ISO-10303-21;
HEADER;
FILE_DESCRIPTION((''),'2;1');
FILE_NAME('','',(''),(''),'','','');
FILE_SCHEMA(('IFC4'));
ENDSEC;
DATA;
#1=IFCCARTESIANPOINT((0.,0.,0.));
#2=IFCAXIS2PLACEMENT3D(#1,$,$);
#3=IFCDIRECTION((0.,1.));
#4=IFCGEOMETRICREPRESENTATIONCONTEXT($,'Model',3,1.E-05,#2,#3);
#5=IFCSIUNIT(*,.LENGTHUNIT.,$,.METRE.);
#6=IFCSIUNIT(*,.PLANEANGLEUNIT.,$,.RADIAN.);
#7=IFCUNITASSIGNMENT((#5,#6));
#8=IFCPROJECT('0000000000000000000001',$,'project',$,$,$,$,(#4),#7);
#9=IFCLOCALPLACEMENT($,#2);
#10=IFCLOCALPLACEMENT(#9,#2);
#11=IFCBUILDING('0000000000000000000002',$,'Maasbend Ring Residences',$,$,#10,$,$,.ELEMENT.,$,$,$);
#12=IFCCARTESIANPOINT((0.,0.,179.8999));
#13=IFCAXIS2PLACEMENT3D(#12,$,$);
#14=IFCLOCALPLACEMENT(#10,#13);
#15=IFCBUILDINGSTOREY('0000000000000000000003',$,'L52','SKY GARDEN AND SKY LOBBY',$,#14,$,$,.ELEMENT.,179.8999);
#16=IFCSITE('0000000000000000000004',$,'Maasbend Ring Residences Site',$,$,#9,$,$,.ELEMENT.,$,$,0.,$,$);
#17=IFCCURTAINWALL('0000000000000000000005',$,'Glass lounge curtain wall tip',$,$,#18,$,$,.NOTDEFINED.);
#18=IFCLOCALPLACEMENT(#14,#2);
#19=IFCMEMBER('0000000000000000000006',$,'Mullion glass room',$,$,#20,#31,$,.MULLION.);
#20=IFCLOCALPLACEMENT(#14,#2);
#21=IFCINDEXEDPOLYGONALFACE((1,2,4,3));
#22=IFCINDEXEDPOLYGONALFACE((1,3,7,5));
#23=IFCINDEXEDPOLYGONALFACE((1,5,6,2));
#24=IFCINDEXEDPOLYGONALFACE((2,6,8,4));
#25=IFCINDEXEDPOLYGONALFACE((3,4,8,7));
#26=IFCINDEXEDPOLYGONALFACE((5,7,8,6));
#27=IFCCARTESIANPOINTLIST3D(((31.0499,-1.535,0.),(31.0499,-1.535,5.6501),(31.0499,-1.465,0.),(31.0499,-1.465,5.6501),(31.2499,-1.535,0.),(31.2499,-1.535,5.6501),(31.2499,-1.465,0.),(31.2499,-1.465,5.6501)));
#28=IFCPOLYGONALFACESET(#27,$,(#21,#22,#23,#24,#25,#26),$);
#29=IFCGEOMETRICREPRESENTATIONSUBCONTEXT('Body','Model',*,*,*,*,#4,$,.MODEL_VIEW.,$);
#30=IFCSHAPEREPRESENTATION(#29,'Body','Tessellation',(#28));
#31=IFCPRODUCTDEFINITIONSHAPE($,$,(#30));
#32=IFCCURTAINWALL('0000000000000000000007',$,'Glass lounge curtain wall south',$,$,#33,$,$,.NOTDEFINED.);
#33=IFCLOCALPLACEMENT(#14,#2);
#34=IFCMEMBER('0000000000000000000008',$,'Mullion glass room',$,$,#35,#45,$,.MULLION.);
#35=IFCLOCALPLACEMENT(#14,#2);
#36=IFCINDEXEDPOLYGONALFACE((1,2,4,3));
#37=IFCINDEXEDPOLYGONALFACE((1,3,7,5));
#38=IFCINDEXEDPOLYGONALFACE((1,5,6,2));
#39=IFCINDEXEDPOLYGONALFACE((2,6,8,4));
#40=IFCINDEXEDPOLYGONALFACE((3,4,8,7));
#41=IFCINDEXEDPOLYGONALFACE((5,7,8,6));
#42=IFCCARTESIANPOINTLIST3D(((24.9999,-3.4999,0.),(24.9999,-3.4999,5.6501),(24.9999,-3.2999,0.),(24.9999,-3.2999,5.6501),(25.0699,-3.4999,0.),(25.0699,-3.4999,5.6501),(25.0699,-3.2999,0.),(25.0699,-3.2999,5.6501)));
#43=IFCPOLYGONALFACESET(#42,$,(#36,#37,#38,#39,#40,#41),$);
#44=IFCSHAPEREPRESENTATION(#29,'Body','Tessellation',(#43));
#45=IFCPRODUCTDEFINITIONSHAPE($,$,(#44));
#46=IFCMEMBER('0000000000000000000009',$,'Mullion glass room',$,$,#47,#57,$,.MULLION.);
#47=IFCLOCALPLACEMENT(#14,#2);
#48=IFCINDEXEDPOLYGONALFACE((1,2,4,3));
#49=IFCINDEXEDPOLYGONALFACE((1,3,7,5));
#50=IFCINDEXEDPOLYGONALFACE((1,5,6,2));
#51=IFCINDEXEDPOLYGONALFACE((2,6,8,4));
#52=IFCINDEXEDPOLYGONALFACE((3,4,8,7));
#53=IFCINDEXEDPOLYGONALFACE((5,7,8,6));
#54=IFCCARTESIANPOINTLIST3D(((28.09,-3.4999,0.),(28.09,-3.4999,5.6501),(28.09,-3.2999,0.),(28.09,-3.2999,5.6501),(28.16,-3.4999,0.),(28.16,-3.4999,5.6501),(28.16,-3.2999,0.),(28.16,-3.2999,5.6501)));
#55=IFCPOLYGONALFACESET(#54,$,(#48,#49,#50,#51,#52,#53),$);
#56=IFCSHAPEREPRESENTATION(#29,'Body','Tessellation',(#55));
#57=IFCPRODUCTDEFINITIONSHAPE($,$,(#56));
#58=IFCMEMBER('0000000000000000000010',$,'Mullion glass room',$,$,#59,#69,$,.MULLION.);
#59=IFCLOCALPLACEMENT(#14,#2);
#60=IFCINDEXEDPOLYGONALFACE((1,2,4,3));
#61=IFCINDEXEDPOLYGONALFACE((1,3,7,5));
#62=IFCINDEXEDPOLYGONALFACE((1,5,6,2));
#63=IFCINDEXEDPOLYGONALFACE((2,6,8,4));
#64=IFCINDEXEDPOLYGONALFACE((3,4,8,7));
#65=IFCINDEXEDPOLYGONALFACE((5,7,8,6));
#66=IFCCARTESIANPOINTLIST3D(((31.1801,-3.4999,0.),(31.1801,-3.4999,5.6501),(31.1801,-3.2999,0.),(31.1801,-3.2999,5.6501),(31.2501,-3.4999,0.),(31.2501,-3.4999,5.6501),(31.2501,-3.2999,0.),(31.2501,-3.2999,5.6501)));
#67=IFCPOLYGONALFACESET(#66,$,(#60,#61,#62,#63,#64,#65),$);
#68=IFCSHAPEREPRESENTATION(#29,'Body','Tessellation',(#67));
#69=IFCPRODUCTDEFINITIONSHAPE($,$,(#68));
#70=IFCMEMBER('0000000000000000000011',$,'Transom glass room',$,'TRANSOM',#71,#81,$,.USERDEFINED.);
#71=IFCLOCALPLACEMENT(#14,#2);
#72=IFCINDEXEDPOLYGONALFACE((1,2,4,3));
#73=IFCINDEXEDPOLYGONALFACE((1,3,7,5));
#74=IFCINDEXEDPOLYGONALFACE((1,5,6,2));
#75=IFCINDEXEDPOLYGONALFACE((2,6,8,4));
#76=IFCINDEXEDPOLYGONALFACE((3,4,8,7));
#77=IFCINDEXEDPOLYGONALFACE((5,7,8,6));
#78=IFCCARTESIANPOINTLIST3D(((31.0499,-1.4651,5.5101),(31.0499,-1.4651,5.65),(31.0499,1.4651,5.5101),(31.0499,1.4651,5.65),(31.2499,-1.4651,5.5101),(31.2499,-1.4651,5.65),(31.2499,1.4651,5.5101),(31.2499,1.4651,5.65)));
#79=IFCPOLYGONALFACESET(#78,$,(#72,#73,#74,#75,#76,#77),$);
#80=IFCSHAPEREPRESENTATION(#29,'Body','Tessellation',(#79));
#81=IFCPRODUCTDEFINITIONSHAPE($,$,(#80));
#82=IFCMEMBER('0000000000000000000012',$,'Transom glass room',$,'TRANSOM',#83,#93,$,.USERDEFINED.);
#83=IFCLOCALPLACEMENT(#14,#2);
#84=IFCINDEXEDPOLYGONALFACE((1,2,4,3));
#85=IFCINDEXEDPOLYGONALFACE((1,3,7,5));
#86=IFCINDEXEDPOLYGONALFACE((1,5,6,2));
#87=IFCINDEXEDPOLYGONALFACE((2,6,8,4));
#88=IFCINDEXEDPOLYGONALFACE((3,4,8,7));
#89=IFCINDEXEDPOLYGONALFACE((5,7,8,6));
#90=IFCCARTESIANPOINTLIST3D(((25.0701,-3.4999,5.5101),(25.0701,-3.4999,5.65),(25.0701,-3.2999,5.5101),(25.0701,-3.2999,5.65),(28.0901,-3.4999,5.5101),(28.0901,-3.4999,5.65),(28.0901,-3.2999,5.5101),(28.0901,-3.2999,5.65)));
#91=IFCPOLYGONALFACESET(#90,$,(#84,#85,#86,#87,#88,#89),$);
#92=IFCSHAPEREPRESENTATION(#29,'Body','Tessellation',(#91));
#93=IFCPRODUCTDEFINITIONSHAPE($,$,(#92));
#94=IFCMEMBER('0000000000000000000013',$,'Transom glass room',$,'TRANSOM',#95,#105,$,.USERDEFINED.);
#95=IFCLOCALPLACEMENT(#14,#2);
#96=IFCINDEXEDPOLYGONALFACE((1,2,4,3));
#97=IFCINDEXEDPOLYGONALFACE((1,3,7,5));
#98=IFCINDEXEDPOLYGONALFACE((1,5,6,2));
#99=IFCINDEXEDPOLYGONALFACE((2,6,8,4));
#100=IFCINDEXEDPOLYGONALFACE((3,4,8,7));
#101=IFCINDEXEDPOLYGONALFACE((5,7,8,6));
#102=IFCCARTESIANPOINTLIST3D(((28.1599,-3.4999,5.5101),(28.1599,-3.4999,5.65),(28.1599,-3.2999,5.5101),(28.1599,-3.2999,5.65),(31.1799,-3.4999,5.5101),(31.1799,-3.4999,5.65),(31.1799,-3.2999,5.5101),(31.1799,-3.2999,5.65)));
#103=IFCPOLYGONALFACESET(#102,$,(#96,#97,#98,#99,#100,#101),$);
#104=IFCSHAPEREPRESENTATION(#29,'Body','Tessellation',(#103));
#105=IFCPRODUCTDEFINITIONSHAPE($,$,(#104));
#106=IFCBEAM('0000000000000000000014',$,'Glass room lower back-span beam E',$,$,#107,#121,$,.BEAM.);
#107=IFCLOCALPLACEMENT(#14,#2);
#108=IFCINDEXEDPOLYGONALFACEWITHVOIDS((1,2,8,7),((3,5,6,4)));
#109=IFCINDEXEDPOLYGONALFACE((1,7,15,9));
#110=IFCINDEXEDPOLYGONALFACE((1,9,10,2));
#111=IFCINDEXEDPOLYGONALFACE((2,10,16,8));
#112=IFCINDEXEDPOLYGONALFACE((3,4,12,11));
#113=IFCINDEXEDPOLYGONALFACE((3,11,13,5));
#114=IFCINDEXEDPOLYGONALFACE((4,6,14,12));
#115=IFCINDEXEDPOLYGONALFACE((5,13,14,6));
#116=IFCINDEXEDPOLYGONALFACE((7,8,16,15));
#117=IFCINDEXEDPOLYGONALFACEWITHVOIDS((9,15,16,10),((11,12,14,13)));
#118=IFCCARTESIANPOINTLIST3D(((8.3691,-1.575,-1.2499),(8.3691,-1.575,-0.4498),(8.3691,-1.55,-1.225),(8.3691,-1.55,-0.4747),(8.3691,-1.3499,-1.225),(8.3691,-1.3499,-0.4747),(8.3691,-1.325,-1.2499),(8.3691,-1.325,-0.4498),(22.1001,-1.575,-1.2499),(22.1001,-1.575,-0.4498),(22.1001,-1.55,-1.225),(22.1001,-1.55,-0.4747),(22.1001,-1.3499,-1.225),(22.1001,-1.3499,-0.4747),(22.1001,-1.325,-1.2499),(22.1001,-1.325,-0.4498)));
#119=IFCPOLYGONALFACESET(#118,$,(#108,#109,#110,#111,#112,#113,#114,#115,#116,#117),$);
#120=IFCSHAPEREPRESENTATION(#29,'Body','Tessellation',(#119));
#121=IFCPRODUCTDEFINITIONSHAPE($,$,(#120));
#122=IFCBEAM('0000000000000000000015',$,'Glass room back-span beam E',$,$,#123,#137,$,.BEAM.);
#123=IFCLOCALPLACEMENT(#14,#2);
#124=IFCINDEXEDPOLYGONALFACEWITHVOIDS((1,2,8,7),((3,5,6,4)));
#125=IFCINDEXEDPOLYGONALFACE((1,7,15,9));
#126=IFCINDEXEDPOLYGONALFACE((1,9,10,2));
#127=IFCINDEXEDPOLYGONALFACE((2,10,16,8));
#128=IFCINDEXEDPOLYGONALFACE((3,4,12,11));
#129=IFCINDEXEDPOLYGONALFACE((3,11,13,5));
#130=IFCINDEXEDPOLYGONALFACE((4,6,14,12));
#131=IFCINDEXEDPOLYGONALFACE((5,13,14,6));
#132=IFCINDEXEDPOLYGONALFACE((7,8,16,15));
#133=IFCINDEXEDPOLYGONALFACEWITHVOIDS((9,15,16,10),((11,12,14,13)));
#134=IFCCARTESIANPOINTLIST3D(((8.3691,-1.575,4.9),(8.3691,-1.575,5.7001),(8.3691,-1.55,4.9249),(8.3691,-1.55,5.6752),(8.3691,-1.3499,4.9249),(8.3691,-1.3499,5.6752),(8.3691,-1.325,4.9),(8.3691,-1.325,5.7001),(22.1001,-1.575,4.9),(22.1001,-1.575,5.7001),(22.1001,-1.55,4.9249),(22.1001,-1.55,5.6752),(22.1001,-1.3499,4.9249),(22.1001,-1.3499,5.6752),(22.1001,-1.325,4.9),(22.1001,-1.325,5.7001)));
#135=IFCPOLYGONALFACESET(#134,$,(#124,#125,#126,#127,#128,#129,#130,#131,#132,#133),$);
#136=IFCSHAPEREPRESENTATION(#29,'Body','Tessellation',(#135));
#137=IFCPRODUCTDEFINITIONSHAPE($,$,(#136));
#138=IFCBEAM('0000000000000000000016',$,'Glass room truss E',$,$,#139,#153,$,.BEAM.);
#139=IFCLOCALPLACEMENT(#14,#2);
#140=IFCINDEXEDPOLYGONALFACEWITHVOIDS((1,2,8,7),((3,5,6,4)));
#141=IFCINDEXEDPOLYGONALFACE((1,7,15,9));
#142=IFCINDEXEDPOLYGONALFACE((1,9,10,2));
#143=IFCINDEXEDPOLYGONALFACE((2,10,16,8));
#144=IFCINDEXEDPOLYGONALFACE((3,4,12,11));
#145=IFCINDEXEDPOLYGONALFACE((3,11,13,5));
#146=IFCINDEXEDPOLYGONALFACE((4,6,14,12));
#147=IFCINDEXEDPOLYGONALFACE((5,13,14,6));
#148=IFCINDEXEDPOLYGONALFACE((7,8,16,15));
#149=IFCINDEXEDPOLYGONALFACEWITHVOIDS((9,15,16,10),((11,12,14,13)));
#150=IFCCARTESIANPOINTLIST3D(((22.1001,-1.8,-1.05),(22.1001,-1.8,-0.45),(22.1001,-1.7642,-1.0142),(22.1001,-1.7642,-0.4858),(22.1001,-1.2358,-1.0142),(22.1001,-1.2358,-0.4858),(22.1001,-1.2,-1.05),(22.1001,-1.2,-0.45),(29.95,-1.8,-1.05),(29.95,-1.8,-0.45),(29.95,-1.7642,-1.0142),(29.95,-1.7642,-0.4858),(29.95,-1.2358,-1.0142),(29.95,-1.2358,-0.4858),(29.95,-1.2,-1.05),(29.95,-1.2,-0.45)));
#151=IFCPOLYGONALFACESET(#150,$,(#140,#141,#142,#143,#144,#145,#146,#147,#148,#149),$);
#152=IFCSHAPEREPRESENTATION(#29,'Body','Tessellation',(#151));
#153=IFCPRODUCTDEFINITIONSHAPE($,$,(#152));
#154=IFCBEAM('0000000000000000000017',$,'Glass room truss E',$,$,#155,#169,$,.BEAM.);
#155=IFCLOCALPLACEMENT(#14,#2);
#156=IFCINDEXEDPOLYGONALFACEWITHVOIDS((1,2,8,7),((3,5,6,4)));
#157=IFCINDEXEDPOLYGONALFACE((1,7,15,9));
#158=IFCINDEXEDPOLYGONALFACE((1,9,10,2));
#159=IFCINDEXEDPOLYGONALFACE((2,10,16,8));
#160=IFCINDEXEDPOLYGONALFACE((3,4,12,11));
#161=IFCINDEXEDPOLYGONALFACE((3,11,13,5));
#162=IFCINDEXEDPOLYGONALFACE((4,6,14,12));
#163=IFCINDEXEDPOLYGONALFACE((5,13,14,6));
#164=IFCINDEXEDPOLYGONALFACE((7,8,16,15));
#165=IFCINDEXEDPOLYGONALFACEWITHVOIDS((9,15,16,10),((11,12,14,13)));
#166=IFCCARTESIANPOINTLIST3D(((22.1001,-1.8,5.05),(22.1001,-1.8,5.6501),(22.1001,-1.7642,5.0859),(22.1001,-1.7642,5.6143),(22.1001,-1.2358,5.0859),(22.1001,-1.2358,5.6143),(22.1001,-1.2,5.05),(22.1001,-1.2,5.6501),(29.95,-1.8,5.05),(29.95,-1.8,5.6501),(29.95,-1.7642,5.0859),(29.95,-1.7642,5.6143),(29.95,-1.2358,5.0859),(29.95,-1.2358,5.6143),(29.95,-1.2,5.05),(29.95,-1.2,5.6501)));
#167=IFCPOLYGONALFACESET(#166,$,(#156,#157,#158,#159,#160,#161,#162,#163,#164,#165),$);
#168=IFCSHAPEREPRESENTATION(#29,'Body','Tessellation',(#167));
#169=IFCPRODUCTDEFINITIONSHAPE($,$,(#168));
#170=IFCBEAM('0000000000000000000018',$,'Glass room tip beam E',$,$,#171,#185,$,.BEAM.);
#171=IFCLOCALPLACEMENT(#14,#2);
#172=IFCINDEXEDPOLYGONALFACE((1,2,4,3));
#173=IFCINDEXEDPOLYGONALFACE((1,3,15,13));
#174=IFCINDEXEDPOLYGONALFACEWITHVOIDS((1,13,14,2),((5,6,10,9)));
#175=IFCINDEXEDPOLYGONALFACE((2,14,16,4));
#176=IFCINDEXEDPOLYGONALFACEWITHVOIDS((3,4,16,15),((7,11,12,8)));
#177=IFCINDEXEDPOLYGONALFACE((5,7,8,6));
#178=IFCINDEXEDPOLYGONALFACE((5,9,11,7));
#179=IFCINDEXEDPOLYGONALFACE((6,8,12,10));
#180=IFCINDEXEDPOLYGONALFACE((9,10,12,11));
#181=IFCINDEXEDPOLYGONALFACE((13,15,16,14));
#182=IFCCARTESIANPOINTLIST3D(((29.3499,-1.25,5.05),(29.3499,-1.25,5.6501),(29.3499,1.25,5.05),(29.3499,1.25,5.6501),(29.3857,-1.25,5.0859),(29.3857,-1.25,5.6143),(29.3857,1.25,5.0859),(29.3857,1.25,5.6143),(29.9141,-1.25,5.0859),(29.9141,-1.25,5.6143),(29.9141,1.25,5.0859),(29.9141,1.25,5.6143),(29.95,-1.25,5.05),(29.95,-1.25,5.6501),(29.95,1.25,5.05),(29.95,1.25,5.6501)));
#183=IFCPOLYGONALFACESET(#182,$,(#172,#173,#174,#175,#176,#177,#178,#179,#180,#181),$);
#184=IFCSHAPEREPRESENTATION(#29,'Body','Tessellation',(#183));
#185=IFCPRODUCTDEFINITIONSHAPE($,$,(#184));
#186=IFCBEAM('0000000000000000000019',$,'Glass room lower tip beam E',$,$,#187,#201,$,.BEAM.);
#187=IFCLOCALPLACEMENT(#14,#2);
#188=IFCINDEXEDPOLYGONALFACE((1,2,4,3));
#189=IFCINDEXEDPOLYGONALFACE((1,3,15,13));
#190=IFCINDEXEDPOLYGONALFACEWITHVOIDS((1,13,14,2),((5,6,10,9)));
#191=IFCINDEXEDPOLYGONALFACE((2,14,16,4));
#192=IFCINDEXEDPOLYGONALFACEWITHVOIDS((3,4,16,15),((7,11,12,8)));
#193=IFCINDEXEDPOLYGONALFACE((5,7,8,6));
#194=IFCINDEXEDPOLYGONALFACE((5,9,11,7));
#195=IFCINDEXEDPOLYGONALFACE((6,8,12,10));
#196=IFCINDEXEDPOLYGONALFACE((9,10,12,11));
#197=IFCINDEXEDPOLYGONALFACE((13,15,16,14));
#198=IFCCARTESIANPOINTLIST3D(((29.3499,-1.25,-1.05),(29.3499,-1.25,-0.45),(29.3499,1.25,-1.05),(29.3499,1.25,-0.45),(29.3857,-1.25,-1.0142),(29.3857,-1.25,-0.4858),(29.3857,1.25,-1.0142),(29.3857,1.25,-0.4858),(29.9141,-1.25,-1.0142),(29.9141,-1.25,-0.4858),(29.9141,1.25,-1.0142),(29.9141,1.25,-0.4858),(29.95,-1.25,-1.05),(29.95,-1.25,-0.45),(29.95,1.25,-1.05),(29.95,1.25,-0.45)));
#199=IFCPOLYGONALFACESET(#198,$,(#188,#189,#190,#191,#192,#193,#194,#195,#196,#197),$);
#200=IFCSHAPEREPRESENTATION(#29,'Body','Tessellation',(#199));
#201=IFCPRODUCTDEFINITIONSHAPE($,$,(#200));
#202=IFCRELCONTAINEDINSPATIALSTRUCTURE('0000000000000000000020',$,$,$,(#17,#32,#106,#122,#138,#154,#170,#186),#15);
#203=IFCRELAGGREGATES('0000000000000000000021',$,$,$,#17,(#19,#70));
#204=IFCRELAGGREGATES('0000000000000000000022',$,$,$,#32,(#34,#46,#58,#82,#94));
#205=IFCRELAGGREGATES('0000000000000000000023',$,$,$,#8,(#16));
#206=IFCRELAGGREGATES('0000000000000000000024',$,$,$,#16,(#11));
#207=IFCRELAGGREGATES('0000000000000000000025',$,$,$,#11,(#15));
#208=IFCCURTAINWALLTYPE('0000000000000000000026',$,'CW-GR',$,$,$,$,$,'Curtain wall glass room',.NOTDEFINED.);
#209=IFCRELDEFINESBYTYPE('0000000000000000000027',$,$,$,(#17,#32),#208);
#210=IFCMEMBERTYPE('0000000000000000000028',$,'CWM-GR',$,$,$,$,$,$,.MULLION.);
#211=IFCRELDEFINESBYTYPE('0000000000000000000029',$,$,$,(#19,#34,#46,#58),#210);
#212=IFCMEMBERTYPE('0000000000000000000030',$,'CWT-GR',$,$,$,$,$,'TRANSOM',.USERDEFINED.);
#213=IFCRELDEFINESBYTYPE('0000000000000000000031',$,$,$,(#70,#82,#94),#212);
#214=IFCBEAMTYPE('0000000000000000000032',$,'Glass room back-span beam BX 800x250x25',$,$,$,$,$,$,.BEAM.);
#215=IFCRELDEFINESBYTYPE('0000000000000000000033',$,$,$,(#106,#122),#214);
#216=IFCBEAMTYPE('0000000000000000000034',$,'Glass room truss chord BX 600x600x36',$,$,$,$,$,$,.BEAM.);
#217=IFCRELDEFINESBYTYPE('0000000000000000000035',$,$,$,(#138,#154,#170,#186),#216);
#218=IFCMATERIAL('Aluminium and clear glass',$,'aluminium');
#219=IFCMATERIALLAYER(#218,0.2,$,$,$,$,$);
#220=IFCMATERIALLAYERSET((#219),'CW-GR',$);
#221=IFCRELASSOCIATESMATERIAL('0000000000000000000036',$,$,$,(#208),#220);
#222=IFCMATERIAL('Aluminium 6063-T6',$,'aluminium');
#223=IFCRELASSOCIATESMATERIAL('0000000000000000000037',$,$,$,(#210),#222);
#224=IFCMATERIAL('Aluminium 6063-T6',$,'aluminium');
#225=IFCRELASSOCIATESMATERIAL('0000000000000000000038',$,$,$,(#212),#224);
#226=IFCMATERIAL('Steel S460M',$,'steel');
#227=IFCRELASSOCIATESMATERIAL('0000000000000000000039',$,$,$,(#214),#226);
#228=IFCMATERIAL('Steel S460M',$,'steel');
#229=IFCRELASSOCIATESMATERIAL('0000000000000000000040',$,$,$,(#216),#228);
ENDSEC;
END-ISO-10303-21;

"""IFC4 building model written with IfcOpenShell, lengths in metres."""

from ifc_helpers import new_model, si_unit, direction, frame, origin, origin_2d, place, context, subcontext, project, spatial, rectangle, hollow_rectangle, extrude, material, layer, layer_set, material_profile, profile_set, type_object, element, aggregate, save


model = new_model("IFC4")

# Units and contexts
model_context = context("Model", 3, precision=1e-05, world=origin(), true_north=direction((0.0, 1.0)))
body_context = subcontext(model_context, "Body", "Model", "MODEL_VIEW")
ifc_project = project(units=[si_unit("LENGTHUNIT", "METRE"), si_unit("PLANEANGLEUNIT", "RADIAN")], contexts=[model_context])

# Site, building, storey
site_placement = place(None, origin())
site = spatial("IfcSite", under=ifc_project, at=site_placement, Name="Maasbend Ring Residences Site", CompositionType="ELEMENT", RefElevation=0.0)
building_placement = place(site_placement, origin())
building = spatial("IfcBuilding", under=site, at=building_placement, Name="Maasbend Ring Residences", CompositionType="ELEMENT")
storey_placement = place(building_placement, frame((0.0, 0.0, 179.8999)))
storey = spatial("IfcBuildingStorey", under=building, at=storey_placement, Name="L52", Description="SKY GARDEN AND SKY LOBBY", CompositionType="ELEMENT", Elevation=179.8999)

# Curtain wall, member
ifc_material_1 = material(Name="Aluminium and clear glass", Category="aluminium")
ifc_layer_1 = layer(ifc_material_1, 0.2)
ifc_layer_set_1 = layer_set([ifc_layer_1], Name="CW-GR")
curtain_wall_type = type_object("IfcCurtainWallType", Name="CW-GR", ElementType="Curtain wall glass room", PredefinedType="NOTDEFINED", material=ifc_layer_set_1)
curtain_wall_1_placement = place(storey_placement, origin())
curtain_wall_1 = element("IfcCurtainWall", 1, at=curtain_wall_1_placement, inside=storey, type_object=curtain_wall_type, Name="Glass lounge curtain wall tip", PredefinedType="NOTDEFINED")
ifc_material_2 = material(Name="Aluminium 6063-T6", Category="aluminium")
ifc_material_profile_1 = material_profile(ifc_material_2, rectangle(XDim=0.2, YDim=0.0701, at=origin_2d()), Name="AL 200x70")
ifc_profile_set_1 = profile_set([ifc_material_profile_1], Name="Aluminium 6063-T6")
member_type_1 = type_object("IfcMemberType", Name="CWM-GR", PredefinedType="MULLION", material=ifc_profile_set_1)
member_1_placement = place(storey_placement, frame((31.1499, -1.5, 0.0), z_axis=(0.0, 0.0, 1.0), x_axis=(-1.0, 0.0, 0.0)))
member_1 = element("IfcMember", 2, at=member_1_placement, type_object=member_type_1, Name="Mullion glass room", PredefinedType="MULLION", context=body_context, shape_type="SweptSolid", body=[
    extrude(rectangle(XDim=0.2, YDim=0.0701, at=origin_2d()), origin(), (0.0, 0.0, 1.0), 5.6501),
])

# Curtain wall, members
curtain_wall_2_placement = place(storey_placement, origin())
curtain_wall_2 = element("IfcCurtainWall", 3, at=curtain_wall_2_placement, inside=storey, type_object=curtain_wall_type, Name="Glass lounge curtain wall south", PredefinedType="NOTDEFINED")
member_2_placement = place(storey_placement, frame((25.0349, -3.3999, 0.0), z_axis=(0.0, 0.0, 1.0), x_axis=(0.0, 1.0, 0.0)))
member_2 = element("IfcMember", 4, at=member_2_placement, type_object=member_type_1, Name="Mullion glass room", PredefinedType="MULLION", context=body_context, shape_type="SweptSolid", body=[
    extrude(rectangle(XDim=0.2, YDim=0.0701, at=origin_2d()), origin(), (0.0, 0.0, 1.0), 5.6501),
])
member_3_placement = place(storey_placement, frame((28.125, -3.3999, 0.0), z_axis=(0.0, 0.0, 1.0), x_axis=(0.0, 1.0, 0.0)))
member_3 = element("IfcMember", 5, at=member_3_placement, type_object=member_type_1, Name="Mullion glass room", PredefinedType="MULLION", context=body_context, shape_type="SweptSolid", body=[
    extrude(rectangle(XDim=0.2, YDim=0.0701, at=origin_2d()), origin(), (0.0, 0.0, 1.0), 5.6501),
])
member_4_placement = place(storey_placement, frame((31.2151, -3.3999, 0.0), z_axis=(0.0, 0.0, 1.0), x_axis=(0.0, 1.0, 0.0)))
member_4 = element("IfcMember", 6, at=member_4_placement, type_object=member_type_1, Name="Mullion glass room", PredefinedType="MULLION", context=body_context, shape_type="SweptSolid", body=[
    extrude(rectangle(XDim=0.2, YDim=0.0701, at=origin_2d()), origin(), (0.0, 0.0, 1.0), 5.6501),
])

# Members
ifc_material_3 = material(Name="Aluminium 6063-T6", Category="aluminium")
ifc_material_profile_2 = material_profile(ifc_material_3, rectangle(XDim=0.2, YDim=0.1399, at=origin_2d()), Name="AL 200x140")
ifc_profile_set_2 = profile_set([ifc_material_profile_2], Name="Aluminium 6063-T6")
member_type_2 = type_object("IfcMemberType", Name="CWT-GR", ElementType="TRANSOM", PredefinedType="USERDEFINED", material=ifc_profile_set_2)
member_5_placement = place(storey_placement, frame((31.1499, -1.4651, 5.5801), z_axis=(0.0, 1.0, 0.0), x_axis=(-1.0, 0.0, 0.0)))
member_5 = element("IfcMember", 7, at=member_5_placement, type_object=member_type_2, Name="Transom glass room", ObjectType="TRANSOM", PredefinedType="USERDEFINED", context=body_context, shape_type="SweptSolid", body=[
    extrude(rectangle(XDim=0.2, YDim=0.1399, at=origin_2d()), origin(), (0.0, 0.0, 1.0), 2.9302),
])
member_6_placement = place(storey_placement, frame((25.0701, -3.3999, 5.5801), z_axis=(1.0, 0.0, 0.0), x_axis=(0.0, 1.0, 0.0)))
member_6 = element("IfcMember", 8, at=member_6_placement, type_object=member_type_2, Name="Transom glass room", ObjectType="TRANSOM", PredefinedType="USERDEFINED", context=body_context, shape_type="SweptSolid", body=[
    extrude(rectangle(XDim=0.2, YDim=0.1399, at=origin_2d()), origin(), (0.0, 0.0, 1.0), 3.02),
])
member_7_placement = place(storey_placement, frame((28.1599, -3.3999, 5.5801), z_axis=(1.0, 0.0, 0.0), x_axis=(0.0, 1.0, 0.0)))
member_7 = element("IfcMember", 9, at=member_7_placement, type_object=member_type_2, Name="Transom glass room", ObjectType="TRANSOM", PredefinedType="USERDEFINED", context=body_context, shape_type="SweptSolid", body=[
    extrude(rectangle(XDim=0.2, YDim=0.1399, at=origin_2d()), origin(), (0.0, 0.0, 1.0), 3.02),
])

# Beams
ifc_material_4 = material(Name="Steel S460M", Category="steel")
ifc_material_profile_3 = material_profile(ifc_material_4, hollow_rectangle(XDim=0.25, YDim=0.8, WallThickness=0.0249, at=origin_2d()), Name="Glass room back-span beam BX 800x250x25")
ifc_profile_set_3 = profile_set([ifc_material_profile_3], Name="Steel S460M")
beam_type_1 = type_object("IfcBeamType", Name="Glass room back-span beam BX 800x250x25", PredefinedType="BEAM", material=ifc_profile_set_3)
for number, where, z_axis, x_axis, name in (
    (10, (22.1001, -1.45, -0.8499), (-1.0, 0.0, 0.0), (0.0, -1.0, 0.0), "Glass room lower back-span beam E"),
    (11, (22.1001, -1.45, 5.3), (-1.0, 0.0, 0.0), (0.0, -1.0, 0.0), "Glass room back-span beam E"),
):
    element("IfcBeam", number, at=place(storey_placement, frame(where, z_axis=z_axis, x_axis=x_axis)), inside=storey, type_object=beam_type_1, Name=name, PredefinedType="BEAM", context=body_context, shape_type="SweptSolid", body=[
        extrude(hollow_rectangle(XDim=0.25, YDim=0.8, WallThickness=0.0249, at=origin_2d()), origin(), (0.0, 0.0, 1.0), 13.731),
    ])
ifc_material_5 = material(Name="Steel S460M", Category="steel")
ifc_material_profile_4 = material_profile(ifc_material_5, hollow_rectangle(XDim=0.6001, YDim=0.6001, WallThickness=0.0359, at=origin_2d()), Name="Glass room truss chord BX 600x600x36")
ifc_profile_set_4 = profile_set([ifc_material_profile_4], Name="Steel S460M")
beam_type_2 = type_object("IfcBeamType", Name="Glass room truss chord BX 600x600x36", PredefinedType="BEAM", material=ifc_profile_set_4)
for number, where, z_axis, x_axis, name in (
    (12, (22.1001, -1.5, -0.75), (1.0, 0.0, 0.0), (0.0, 1.0, 0.0), "Glass room truss E"),
    (13, (22.1001, -1.5, 5.3501), (1.0, 0.0, 0.0), (0.0, 1.0, 0.0), "Glass room truss E"),
):
    element("IfcBeam", number, at=place(storey_placement, frame(where, z_axis=z_axis, x_axis=x_axis)), inside=storey, type_object=beam_type_2, Name=name, PredefinedType="BEAM", context=body_context, shape_type="SweptSolid", body=[
        extrude(hollow_rectangle(XDim=0.6001, YDim=0.6001, WallThickness=0.0359, at=origin_2d()), origin(), (0.0, 0.0, 1.0), 7.8499),
    ])
for number, where, z_axis, x_axis, name in (
    (14, (29.6499, -1.25, 5.3501), (0.0, 1.0, 0.0), (-1.0, 0.0, 0.0), "Glass room tip beam E"),
    (15, (29.6499, -1.25, -0.75), (0.0, 1.0, 0.0), (-1.0, 0.0, 0.0), "Glass room lower tip beam E"),
):
    element("IfcBeam", number, at=place(storey_placement, frame(where, z_axis=z_axis, x_axis=x_axis)), inside=storey, type_object=beam_type_2, Name=name, PredefinedType="BEAM", context=body_context, shape_type="SweptSolid", body=[
        extrude(hollow_rectangle(XDim=0.6001, YDim=0.6001, WallThickness=0.0359, at=origin_2d()), origin(), (0.0, 0.0, 1.0), 2.5),
    ])

aggregate(curtain_wall_1, [member_1, member_5])
aggregate(curtain_wall_2, [member_2, member_3, member_4, member_6, member_7])

save(model, "model.ifc")
